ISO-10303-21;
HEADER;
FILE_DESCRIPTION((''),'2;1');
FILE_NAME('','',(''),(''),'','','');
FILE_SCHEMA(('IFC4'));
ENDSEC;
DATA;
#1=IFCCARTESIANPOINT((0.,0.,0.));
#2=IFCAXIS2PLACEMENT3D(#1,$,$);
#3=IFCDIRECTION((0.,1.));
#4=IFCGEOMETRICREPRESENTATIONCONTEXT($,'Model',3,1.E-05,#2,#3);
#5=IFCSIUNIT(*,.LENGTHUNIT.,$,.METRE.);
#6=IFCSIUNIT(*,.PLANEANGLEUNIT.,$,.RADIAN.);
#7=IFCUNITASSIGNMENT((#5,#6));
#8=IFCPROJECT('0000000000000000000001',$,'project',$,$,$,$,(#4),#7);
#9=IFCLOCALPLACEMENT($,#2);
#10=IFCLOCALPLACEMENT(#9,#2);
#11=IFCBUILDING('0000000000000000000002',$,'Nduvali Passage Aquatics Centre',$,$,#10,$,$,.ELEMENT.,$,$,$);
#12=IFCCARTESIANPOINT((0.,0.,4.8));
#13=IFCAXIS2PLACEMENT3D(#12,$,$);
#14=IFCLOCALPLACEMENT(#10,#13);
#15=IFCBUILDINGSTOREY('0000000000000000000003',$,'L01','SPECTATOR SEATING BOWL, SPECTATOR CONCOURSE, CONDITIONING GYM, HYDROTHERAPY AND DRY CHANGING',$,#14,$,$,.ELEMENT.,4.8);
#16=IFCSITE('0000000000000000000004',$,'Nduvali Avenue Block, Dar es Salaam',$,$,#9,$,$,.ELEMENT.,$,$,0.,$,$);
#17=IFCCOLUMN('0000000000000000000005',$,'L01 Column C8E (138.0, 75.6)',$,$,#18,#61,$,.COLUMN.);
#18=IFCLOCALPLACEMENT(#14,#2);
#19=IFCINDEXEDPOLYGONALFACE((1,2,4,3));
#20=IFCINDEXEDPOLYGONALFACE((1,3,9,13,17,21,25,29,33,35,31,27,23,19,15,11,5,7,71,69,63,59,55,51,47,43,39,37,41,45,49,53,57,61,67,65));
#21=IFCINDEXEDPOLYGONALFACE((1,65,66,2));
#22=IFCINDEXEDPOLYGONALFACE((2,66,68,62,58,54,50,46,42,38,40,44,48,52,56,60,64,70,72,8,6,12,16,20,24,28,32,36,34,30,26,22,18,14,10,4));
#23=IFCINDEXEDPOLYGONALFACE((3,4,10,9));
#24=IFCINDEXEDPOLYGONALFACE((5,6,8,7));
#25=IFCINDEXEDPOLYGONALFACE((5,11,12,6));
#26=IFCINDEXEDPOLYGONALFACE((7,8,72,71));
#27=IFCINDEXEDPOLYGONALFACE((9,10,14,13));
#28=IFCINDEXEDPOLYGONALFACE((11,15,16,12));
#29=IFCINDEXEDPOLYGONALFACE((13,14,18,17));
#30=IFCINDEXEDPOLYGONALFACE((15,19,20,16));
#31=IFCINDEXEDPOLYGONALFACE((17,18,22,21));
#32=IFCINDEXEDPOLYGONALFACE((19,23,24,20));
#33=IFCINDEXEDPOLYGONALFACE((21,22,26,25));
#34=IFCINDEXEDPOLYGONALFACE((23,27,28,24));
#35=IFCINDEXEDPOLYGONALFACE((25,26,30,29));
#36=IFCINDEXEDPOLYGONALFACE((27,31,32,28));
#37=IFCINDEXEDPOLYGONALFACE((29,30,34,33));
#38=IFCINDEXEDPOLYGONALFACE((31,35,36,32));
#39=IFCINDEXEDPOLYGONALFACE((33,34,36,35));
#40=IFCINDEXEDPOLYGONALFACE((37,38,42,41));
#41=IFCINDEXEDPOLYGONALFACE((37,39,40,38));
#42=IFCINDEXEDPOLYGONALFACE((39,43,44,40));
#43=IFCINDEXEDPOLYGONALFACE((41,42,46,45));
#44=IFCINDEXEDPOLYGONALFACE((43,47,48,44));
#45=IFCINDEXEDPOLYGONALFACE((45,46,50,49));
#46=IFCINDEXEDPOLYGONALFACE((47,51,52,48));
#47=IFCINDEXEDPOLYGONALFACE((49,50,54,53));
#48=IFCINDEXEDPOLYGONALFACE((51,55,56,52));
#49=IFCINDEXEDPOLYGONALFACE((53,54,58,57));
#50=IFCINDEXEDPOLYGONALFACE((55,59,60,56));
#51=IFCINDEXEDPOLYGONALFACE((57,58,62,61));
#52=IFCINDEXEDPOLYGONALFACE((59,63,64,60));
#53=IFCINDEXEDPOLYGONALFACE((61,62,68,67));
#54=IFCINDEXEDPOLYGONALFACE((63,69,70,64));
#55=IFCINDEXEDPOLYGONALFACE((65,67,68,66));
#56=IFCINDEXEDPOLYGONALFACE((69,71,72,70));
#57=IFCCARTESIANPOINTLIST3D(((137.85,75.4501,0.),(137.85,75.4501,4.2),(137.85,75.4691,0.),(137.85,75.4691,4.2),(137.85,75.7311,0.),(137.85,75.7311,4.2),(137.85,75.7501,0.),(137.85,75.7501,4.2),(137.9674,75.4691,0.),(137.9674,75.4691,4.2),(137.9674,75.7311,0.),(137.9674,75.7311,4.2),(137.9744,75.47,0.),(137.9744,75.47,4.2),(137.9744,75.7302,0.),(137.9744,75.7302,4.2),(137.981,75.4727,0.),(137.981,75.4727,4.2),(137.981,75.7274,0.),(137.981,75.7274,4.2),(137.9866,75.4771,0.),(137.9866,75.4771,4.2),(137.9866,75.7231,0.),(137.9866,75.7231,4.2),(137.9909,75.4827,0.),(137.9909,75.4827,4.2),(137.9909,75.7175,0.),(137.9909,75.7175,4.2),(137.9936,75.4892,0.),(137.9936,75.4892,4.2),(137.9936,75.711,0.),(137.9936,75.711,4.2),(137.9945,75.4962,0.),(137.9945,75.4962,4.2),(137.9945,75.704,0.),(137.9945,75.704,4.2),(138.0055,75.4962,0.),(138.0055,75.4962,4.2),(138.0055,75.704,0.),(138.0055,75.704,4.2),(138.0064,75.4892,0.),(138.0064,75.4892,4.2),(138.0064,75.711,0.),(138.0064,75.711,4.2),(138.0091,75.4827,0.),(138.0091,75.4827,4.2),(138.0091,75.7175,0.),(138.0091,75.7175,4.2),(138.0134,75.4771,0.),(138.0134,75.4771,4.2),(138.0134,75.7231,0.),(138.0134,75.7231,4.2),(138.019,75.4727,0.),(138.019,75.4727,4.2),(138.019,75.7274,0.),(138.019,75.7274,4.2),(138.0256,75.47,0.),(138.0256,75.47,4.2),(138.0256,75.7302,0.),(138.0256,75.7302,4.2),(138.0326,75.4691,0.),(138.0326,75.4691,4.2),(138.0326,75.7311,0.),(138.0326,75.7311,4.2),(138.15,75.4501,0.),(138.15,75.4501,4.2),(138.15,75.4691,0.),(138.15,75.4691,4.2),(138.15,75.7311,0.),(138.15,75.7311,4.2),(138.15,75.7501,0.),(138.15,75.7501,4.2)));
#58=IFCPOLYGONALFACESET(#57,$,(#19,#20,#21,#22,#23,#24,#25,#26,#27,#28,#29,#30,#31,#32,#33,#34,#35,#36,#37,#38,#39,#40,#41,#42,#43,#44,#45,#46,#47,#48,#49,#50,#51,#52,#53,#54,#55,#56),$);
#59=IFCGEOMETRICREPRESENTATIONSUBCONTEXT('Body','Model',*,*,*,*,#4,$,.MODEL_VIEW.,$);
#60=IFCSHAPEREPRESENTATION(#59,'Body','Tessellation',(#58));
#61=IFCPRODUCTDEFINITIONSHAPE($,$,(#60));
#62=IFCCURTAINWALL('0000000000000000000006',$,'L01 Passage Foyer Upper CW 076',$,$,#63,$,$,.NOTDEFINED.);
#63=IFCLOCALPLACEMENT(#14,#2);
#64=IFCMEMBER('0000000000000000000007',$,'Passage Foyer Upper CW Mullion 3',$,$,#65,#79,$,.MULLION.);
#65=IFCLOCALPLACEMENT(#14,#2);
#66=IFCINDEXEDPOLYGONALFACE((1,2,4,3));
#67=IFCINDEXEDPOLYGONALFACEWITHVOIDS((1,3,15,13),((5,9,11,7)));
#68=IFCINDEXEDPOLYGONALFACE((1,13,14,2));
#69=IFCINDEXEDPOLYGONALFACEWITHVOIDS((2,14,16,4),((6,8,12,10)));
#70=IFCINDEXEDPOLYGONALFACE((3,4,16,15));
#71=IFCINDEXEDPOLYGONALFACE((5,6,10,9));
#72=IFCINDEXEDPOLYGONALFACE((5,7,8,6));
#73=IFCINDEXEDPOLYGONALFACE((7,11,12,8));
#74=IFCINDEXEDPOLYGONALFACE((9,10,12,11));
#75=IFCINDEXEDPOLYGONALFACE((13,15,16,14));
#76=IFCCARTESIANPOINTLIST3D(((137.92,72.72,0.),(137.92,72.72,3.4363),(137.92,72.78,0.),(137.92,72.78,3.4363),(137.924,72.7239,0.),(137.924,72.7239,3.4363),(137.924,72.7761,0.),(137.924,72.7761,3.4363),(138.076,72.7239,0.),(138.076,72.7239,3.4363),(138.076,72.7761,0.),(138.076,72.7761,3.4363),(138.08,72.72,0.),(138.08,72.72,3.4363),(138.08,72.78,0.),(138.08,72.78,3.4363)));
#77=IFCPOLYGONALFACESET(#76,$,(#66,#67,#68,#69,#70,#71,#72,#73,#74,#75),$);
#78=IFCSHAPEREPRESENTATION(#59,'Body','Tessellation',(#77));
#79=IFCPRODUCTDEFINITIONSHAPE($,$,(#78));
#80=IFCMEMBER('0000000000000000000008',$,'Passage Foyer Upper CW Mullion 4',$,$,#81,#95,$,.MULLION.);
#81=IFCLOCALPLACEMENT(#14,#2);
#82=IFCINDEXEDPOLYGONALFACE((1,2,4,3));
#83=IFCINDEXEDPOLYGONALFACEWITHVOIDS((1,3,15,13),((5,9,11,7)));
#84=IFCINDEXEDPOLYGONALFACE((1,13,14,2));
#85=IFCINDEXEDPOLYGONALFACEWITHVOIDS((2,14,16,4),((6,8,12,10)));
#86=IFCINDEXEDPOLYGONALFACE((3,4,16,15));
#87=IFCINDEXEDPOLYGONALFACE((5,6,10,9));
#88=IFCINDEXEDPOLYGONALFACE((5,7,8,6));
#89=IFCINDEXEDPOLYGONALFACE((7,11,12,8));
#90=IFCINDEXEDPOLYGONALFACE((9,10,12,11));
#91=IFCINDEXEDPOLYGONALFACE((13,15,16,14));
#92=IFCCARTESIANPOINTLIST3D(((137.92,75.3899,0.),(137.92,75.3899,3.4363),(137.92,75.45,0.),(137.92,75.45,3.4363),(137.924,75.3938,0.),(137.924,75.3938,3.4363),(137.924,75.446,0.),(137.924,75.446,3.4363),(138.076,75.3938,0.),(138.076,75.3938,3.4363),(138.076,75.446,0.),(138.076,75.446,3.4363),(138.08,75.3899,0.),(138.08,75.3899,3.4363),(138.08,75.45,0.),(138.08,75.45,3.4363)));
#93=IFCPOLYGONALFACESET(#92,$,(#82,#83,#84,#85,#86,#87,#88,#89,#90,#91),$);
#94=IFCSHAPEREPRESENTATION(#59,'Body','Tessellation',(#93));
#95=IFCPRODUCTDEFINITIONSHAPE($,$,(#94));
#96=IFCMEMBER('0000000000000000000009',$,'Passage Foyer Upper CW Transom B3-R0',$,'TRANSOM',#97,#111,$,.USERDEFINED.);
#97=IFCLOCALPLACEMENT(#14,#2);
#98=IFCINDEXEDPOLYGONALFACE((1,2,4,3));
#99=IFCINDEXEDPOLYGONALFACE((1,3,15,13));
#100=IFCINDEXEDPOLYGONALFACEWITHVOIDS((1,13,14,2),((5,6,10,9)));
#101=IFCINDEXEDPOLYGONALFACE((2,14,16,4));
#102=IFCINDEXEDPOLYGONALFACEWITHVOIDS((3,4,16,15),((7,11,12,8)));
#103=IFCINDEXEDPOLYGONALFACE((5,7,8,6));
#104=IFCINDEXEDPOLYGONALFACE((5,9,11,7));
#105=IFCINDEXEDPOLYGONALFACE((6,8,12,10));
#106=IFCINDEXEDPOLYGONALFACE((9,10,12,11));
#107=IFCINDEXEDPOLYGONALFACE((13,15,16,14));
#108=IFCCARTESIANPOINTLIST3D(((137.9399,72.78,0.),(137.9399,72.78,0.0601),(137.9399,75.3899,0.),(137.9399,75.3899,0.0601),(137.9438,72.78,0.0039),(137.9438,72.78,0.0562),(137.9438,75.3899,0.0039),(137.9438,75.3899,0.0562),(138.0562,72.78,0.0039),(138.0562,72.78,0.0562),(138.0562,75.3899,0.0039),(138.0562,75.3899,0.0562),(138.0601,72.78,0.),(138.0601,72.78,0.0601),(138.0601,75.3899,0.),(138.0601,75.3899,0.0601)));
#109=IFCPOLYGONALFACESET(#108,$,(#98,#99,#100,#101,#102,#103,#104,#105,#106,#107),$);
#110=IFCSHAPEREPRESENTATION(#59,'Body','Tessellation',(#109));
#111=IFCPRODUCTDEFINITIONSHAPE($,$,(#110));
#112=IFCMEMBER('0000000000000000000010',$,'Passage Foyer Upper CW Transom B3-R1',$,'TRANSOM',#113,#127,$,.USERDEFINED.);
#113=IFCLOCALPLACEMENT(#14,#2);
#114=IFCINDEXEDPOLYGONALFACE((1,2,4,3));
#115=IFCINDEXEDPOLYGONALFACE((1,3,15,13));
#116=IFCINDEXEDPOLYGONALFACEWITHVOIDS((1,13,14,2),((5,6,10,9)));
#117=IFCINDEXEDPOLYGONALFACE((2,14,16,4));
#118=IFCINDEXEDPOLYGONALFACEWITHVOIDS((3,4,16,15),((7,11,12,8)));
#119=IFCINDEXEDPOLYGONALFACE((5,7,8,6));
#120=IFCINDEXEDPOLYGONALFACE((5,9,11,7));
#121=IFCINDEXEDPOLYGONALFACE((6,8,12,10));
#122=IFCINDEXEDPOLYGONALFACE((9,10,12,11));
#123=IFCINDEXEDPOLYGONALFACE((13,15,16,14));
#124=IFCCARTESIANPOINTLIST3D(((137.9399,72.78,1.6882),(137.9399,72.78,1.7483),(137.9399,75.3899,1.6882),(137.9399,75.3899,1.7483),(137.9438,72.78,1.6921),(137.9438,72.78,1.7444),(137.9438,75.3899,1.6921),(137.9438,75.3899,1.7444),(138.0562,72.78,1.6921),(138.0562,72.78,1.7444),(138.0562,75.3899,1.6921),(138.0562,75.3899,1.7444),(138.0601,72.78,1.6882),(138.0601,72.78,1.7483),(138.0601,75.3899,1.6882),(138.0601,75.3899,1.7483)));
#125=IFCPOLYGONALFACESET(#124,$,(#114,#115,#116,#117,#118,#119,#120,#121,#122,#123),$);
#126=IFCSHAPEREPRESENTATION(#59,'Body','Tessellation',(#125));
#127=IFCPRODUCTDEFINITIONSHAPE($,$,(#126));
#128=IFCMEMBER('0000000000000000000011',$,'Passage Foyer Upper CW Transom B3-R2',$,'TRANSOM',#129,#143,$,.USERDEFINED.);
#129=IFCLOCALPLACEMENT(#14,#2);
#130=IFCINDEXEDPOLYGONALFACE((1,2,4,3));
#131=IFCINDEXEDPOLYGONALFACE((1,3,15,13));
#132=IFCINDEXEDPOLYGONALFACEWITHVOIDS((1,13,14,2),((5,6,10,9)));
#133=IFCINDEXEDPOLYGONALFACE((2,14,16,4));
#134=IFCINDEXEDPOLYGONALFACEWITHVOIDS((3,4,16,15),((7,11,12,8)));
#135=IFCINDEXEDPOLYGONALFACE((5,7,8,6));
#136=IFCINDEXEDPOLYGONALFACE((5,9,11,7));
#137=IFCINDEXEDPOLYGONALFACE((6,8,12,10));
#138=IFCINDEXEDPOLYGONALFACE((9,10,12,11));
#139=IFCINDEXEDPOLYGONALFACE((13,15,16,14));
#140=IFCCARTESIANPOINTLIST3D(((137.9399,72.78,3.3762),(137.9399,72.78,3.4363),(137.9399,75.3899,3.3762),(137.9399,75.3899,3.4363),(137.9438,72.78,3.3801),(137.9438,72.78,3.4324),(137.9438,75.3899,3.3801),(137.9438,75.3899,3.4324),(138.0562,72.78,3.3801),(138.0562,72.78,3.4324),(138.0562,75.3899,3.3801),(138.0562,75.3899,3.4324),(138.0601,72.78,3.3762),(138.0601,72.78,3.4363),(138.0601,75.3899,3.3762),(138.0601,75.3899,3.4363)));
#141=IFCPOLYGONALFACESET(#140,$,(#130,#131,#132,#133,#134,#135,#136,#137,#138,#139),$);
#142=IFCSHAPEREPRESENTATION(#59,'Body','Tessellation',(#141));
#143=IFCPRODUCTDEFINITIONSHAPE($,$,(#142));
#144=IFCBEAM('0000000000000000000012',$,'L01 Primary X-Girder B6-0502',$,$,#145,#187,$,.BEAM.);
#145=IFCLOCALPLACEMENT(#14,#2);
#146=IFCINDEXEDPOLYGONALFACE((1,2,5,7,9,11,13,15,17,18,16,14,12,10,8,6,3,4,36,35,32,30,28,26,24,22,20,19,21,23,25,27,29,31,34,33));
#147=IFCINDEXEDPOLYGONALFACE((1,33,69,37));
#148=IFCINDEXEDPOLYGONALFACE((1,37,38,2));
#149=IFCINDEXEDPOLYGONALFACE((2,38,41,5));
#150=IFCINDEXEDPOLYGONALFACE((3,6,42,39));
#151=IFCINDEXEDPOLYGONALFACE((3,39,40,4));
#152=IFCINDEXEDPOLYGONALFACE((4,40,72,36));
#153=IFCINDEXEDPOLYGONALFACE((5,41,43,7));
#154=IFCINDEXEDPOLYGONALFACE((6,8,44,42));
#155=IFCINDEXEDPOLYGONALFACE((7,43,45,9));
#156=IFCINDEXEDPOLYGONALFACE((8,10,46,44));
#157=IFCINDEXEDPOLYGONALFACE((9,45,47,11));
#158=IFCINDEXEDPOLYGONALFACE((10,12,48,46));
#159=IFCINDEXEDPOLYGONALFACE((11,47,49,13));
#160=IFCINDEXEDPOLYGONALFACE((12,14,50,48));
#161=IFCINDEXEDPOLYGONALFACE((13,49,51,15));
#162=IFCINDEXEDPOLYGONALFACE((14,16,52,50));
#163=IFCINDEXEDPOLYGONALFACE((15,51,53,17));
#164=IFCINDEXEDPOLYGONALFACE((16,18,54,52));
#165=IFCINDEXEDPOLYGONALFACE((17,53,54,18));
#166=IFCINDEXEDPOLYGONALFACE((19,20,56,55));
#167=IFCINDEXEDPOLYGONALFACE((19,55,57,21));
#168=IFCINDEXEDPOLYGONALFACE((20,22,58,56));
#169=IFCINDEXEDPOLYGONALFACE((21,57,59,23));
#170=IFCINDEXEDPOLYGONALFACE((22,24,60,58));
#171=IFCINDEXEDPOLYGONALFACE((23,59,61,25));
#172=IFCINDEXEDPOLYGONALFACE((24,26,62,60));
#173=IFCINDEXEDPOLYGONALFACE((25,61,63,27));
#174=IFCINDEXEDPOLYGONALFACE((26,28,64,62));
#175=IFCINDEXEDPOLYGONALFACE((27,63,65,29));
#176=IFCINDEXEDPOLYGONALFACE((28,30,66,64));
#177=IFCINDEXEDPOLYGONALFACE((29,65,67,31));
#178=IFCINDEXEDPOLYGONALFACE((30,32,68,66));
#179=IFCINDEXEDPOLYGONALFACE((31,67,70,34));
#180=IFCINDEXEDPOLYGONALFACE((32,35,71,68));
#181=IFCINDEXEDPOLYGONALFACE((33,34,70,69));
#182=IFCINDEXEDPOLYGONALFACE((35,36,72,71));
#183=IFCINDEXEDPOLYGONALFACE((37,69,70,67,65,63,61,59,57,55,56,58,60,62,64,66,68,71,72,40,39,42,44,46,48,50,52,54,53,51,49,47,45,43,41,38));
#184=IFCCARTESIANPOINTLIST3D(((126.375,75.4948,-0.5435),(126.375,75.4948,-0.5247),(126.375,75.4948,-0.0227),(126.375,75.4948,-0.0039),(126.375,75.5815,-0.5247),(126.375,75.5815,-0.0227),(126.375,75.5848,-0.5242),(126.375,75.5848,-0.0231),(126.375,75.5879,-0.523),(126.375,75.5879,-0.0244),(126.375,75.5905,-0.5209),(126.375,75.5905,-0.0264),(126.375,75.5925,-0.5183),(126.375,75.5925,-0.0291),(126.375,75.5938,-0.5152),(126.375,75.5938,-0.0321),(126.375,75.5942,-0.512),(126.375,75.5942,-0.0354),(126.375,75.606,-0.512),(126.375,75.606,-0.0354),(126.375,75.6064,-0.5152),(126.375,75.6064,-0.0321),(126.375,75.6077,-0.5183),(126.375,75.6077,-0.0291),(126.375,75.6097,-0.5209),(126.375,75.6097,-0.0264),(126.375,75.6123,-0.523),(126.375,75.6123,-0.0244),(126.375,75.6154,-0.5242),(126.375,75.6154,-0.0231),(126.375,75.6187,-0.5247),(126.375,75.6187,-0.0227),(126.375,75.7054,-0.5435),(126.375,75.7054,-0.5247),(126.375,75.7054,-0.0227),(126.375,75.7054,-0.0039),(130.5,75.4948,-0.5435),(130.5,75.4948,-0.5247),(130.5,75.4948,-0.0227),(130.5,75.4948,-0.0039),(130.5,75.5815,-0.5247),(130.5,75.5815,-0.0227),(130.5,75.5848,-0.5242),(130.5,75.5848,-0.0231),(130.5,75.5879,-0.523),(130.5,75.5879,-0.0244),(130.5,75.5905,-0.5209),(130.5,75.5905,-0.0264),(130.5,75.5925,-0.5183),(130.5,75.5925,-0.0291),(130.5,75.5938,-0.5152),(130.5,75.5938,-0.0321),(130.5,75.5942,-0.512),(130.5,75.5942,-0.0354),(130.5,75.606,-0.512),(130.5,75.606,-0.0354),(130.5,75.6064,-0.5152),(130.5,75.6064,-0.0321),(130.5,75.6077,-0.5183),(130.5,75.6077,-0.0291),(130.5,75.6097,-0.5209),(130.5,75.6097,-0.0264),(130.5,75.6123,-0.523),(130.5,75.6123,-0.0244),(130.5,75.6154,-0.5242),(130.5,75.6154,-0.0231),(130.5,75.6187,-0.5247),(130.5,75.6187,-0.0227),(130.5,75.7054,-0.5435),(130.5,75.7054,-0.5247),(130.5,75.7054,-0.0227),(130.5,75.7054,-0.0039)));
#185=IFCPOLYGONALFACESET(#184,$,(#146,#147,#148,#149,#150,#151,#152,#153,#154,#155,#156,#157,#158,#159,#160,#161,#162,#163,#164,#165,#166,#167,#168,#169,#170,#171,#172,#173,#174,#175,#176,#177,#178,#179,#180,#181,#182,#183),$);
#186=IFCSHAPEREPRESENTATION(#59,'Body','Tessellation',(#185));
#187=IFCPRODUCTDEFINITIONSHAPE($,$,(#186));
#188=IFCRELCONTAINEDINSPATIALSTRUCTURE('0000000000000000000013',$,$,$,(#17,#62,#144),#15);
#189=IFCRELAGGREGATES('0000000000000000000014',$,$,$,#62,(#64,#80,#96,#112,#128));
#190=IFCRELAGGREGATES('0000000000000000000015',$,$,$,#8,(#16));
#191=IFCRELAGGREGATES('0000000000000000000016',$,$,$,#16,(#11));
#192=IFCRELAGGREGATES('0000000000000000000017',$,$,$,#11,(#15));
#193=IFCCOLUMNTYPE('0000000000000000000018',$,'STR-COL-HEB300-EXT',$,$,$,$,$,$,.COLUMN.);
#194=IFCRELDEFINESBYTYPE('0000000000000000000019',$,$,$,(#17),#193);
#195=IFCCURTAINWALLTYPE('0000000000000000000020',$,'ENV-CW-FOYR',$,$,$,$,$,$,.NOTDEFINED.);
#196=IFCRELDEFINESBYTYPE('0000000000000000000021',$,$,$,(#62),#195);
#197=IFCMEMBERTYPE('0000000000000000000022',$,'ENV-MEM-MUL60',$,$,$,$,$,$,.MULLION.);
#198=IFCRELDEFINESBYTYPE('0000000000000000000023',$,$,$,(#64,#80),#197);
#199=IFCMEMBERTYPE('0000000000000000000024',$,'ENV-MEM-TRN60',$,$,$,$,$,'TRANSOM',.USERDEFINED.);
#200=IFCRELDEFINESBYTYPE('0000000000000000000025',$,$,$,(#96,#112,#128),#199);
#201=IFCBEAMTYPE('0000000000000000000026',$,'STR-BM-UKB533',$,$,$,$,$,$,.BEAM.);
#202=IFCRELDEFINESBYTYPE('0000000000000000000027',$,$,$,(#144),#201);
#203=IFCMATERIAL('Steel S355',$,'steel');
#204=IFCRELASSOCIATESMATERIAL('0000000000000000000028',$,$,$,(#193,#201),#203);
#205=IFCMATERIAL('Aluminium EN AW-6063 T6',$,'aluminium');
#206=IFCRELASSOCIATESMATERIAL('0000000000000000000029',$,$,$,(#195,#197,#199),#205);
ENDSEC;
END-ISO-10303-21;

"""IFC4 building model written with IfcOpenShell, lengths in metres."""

from ifc_helpers import new_model, si_unit, direction, frame, origin, origin_2d, place, context, subcontext, project, spatial, hollow_rectangle, i_section, extrude, material, material_profile, profile_set, type_object, element, aggregate, save


model = new_model("IFC4")

# Units and contexts
model_context = context("Model", 3, precision=1e-05, world=origin(), true_north=direction((0.0, 1.0)))
body_context = subcontext(model_context, "Body", "Model", "MODEL_VIEW")
ifc_project = project(units=[si_unit("LENGTHUNIT", "METRE"), si_unit("PLANEANGLEUNIT", "RADIAN")], contexts=[model_context])

# Site, building, storey
site_placement = place(None, origin())
site = spatial("IfcSite", under=ifc_project, at=site_placement, Name="Nduvali Avenue Block, Dar es Salaam", CompositionType="ELEMENT", RefElevation=0.0)
building_placement = place(site_placement, origin())
building = spatial("IfcBuilding", under=site, at=building_placement, Name="Nduvali Passage Aquatics Centre", CompositionType="ELEMENT")
storey_placement = place(building_placement, frame((0.0, 0.0, 4.8)))
storey = spatial("IfcBuildingStorey", under=building, at=storey_placement, Name="L01", Description="SPECTATOR SEATING BOWL, SPECTATOR CONCOURSE, CONDITIONING GYM, HYDROTHERAPY AND DRY CHANGING", CompositionType="ELEMENT", Elevation=4.8)

# Column
ifc_material_1 = material(Name="Steel S355", Category="steel")
ifc_material_profile_1 = material_profile(ifc_material_1, i_section(OverallWidth=0.3, OverallDepth=0.3, WebThickness=0.011, FlangeThickness=0.019, FilletRadius=0.0271, at=origin_2d()), Name="HEB 300")
ifc_profile_set_1 = profile_set([ifc_material_profile_1], Name="Steel S355")
column_type = type_object("IfcColumnType", Name="STR-COL-HEB300-EXT", PredefinedType="COLUMN", material=ifc_profile_set_1)
column_placement = place(storey_placement, frame((138.0, 75.6001, 0.0), z_axis=(0.0, 0.0, 1.0), x_axis=(1.0, 0.0, 0.0)))
element("IfcColumn", 1, at=column_placement, inside=storey, type_object=column_type, Name="L01 Column C8E (138.0, 75.6)", PredefinedType="COLUMN", context=body_context, shape_type="SweptSolid", body=[
    extrude(i_section(OverallWidth=0.3, OverallDepth=0.3, WebThickness=0.011, FlangeThickness=0.019, FilletRadius=0.0271, at=origin_2d()), origin(), (0.0, 0.0, 1.0), 4.2),
])

# Curtain wall, members
ifc_material_2 = material(Name="Aluminium EN AW-6063 T6", Category="aluminium")
curtain_wall_type = type_object("IfcCurtainWallType", Name="ENV-CW-FOYR", PredefinedType="NOTDEFINED", material=ifc_material_2)
curtain_wall_placement = place(storey_placement, origin())
curtain_wall = element("IfcCurtainWall", 2, at=curtain_wall_placement, inside=storey, type_object=curtain_wall_type, Name="L01 Passage Foyer Upper CW 076", PredefinedType="NOTDEFINED")
ifc_material_profile_2 = material_profile(ifc_material_2, hollow_rectangle(XDim=0.0601, YDim=0.1599, WallThickness=0.0039, at=origin_2d()), Name="ALU MULLION 60x160x4")
ifc_profile_set_2 = profile_set([ifc_material_profile_2], Name="Aluminium EN AW-6063 T6")
member_type_1 = type_object("IfcMemberType", Name="ENV-MEM-MUL60", PredefinedType="MULLION", material=ifc_profile_set_2)
member_1_placement = place(storey_placement, frame((138.0, 72.75, 0.0), z_axis=(0.0, 0.0, 1.0), x_axis=(0.0, 1.0, 0.0)))
member_1 = element("IfcMember", 3, at=member_1_placement, type_object=member_type_1, Name="Passage Foyer Upper CW Mullion 3", PredefinedType="MULLION", context=body_context, shape_type="SweptSolid", body=[
    extrude(hollow_rectangle(XDim=0.0601, YDim=0.1599, WallThickness=0.0039, at=origin_2d()), origin(), (0.0, 0.0, 1.0), 3.4363),
])
member_2_placement = place(storey_placement, frame((138.0, 75.4199, 0.0), z_axis=(0.0, 0.0, 1.0), x_axis=(0.0, 1.0, 0.0)))
member_2 = element("IfcMember", 4, at=member_2_placement, type_object=member_type_1, Name="Passage Foyer Upper CW Mullion 4", PredefinedType="MULLION", context=body_context, shape_type="SweptSolid", body=[
    extrude(hollow_rectangle(XDim=0.0601, YDim=0.1599, WallThickness=0.0039, at=origin_2d()), origin(), (0.0, 0.0, 1.0), 3.4363),
])
ifc_material_profile_3 = material_profile(ifc_material_2, hollow_rectangle(XDim=0.1201, YDim=0.0601, WallThickness=0.0039, at=origin_2d()), Name="ALU TRANSOM 120x60x4")
ifc_profile_set_3 = profile_set([ifc_material_profile_3], Name="Aluminium EN AW-6063 T6")
member_type_2 = type_object("IfcMemberType", Name="ENV-MEM-TRN60", ElementType="TRANSOM", PredefinedType="USERDEFINED", material=ifc_profile_set_3)
member_3_placement = place(storey_placement, frame((138.0, 72.78, 0.03), z_axis=(0.0, 1.0, 0.0), x_axis=(-1.0, 0.0, 0.0)))
member_3 = element("IfcMember", 5, at=member_3_placement, type_object=member_type_2, Name="Passage Foyer Upper CW Transom B3-R0", ObjectType="TRANSOM", PredefinedType="USERDEFINED", context=body_context, shape_type="SweptSolid", body=[
    extrude(hollow_rectangle(XDim=0.1201, YDim=0.0601, WallThickness=0.0039, at=origin_2d()), origin(), (0.0, 0.0, 1.0), 2.6099),
])
member_4_placement = place(storey_placement, frame((138.0, 72.78, 1.7183), z_axis=(0.0, 1.0, 0.0), x_axis=(-1.0, 0.0, 0.0)))
member_4 = element("IfcMember", 6, at=member_4_placement, type_object=member_type_2, Name="Passage Foyer Upper CW Transom B3-R1", ObjectType="TRANSOM", PredefinedType="USERDEFINED", context=body_context, shape_type="SweptSolid", body=[
    extrude(hollow_rectangle(XDim=0.1201, YDim=0.0601, WallThickness=0.0039, at=origin_2d()), origin(), (0.0, 0.0, 1.0), 2.6099),
])
member_5_placement = place(storey_placement, frame((138.0, 72.78, 3.4062), z_axis=(0.0, 1.0, 0.0), x_axis=(-1.0, 0.0, 0.0)))
member_5 = element("IfcMember", 7, at=member_5_placement, type_object=member_type_2, Name="Passage Foyer Upper CW Transom B3-R2", ObjectType="TRANSOM", PredefinedType="USERDEFINED", context=body_context, shape_type="SweptSolid", body=[
    extrude(hollow_rectangle(XDim=0.1201, YDim=0.0601, WallThickness=0.0039, at=origin_2d()), origin(), (0.0, 0.0, 1.0), 2.6099),
])

# Beam
ifc_material_profile_4 = material_profile(ifc_material_1, i_section(OverallWidth=0.2107, OverallDepth=0.5396, WebThickness=0.0117, FlangeThickness=0.0188, FilletRadius=0.0127, at=origin_2d()), Name="UKB 533x210x109")
ifc_profile_set_4 = profile_set([ifc_material_profile_4], Name="Steel S355")
beam_type_1 = type_object("IfcBeamType", Name="STR-BM-UKB533", PredefinedType="BEAM", material=ifc_profile_set_4)
beam_1_placement = place(storey_placement, frame((126.375, 75.6001, -0.2737), z_axis=(1.0, 0.0, 0.0), x_axis=(0.0, 1.0, 0.0)))
element("IfcBeam", 8, at=beam_1_placement, inside=storey, type_object=beam_type_1, Name="L01 Primary X-Girder B6-0502", PredefinedType="BEAM", context=body_context, shape_type="SweptSolid", body=[
    extrude(i_section(OverallWidth=0.2107, OverallDepth=0.5396, WebThickness=0.0117, FlangeThickness=0.0188, FilletRadius=0.0127, at=origin_2d()), origin(), (0.0, 0.0, 1.0), 4.125),
])

aggregate(curtain_wall, [member_1, member_2, member_3, member_4, member_5])

save(model, "model.ifc")
